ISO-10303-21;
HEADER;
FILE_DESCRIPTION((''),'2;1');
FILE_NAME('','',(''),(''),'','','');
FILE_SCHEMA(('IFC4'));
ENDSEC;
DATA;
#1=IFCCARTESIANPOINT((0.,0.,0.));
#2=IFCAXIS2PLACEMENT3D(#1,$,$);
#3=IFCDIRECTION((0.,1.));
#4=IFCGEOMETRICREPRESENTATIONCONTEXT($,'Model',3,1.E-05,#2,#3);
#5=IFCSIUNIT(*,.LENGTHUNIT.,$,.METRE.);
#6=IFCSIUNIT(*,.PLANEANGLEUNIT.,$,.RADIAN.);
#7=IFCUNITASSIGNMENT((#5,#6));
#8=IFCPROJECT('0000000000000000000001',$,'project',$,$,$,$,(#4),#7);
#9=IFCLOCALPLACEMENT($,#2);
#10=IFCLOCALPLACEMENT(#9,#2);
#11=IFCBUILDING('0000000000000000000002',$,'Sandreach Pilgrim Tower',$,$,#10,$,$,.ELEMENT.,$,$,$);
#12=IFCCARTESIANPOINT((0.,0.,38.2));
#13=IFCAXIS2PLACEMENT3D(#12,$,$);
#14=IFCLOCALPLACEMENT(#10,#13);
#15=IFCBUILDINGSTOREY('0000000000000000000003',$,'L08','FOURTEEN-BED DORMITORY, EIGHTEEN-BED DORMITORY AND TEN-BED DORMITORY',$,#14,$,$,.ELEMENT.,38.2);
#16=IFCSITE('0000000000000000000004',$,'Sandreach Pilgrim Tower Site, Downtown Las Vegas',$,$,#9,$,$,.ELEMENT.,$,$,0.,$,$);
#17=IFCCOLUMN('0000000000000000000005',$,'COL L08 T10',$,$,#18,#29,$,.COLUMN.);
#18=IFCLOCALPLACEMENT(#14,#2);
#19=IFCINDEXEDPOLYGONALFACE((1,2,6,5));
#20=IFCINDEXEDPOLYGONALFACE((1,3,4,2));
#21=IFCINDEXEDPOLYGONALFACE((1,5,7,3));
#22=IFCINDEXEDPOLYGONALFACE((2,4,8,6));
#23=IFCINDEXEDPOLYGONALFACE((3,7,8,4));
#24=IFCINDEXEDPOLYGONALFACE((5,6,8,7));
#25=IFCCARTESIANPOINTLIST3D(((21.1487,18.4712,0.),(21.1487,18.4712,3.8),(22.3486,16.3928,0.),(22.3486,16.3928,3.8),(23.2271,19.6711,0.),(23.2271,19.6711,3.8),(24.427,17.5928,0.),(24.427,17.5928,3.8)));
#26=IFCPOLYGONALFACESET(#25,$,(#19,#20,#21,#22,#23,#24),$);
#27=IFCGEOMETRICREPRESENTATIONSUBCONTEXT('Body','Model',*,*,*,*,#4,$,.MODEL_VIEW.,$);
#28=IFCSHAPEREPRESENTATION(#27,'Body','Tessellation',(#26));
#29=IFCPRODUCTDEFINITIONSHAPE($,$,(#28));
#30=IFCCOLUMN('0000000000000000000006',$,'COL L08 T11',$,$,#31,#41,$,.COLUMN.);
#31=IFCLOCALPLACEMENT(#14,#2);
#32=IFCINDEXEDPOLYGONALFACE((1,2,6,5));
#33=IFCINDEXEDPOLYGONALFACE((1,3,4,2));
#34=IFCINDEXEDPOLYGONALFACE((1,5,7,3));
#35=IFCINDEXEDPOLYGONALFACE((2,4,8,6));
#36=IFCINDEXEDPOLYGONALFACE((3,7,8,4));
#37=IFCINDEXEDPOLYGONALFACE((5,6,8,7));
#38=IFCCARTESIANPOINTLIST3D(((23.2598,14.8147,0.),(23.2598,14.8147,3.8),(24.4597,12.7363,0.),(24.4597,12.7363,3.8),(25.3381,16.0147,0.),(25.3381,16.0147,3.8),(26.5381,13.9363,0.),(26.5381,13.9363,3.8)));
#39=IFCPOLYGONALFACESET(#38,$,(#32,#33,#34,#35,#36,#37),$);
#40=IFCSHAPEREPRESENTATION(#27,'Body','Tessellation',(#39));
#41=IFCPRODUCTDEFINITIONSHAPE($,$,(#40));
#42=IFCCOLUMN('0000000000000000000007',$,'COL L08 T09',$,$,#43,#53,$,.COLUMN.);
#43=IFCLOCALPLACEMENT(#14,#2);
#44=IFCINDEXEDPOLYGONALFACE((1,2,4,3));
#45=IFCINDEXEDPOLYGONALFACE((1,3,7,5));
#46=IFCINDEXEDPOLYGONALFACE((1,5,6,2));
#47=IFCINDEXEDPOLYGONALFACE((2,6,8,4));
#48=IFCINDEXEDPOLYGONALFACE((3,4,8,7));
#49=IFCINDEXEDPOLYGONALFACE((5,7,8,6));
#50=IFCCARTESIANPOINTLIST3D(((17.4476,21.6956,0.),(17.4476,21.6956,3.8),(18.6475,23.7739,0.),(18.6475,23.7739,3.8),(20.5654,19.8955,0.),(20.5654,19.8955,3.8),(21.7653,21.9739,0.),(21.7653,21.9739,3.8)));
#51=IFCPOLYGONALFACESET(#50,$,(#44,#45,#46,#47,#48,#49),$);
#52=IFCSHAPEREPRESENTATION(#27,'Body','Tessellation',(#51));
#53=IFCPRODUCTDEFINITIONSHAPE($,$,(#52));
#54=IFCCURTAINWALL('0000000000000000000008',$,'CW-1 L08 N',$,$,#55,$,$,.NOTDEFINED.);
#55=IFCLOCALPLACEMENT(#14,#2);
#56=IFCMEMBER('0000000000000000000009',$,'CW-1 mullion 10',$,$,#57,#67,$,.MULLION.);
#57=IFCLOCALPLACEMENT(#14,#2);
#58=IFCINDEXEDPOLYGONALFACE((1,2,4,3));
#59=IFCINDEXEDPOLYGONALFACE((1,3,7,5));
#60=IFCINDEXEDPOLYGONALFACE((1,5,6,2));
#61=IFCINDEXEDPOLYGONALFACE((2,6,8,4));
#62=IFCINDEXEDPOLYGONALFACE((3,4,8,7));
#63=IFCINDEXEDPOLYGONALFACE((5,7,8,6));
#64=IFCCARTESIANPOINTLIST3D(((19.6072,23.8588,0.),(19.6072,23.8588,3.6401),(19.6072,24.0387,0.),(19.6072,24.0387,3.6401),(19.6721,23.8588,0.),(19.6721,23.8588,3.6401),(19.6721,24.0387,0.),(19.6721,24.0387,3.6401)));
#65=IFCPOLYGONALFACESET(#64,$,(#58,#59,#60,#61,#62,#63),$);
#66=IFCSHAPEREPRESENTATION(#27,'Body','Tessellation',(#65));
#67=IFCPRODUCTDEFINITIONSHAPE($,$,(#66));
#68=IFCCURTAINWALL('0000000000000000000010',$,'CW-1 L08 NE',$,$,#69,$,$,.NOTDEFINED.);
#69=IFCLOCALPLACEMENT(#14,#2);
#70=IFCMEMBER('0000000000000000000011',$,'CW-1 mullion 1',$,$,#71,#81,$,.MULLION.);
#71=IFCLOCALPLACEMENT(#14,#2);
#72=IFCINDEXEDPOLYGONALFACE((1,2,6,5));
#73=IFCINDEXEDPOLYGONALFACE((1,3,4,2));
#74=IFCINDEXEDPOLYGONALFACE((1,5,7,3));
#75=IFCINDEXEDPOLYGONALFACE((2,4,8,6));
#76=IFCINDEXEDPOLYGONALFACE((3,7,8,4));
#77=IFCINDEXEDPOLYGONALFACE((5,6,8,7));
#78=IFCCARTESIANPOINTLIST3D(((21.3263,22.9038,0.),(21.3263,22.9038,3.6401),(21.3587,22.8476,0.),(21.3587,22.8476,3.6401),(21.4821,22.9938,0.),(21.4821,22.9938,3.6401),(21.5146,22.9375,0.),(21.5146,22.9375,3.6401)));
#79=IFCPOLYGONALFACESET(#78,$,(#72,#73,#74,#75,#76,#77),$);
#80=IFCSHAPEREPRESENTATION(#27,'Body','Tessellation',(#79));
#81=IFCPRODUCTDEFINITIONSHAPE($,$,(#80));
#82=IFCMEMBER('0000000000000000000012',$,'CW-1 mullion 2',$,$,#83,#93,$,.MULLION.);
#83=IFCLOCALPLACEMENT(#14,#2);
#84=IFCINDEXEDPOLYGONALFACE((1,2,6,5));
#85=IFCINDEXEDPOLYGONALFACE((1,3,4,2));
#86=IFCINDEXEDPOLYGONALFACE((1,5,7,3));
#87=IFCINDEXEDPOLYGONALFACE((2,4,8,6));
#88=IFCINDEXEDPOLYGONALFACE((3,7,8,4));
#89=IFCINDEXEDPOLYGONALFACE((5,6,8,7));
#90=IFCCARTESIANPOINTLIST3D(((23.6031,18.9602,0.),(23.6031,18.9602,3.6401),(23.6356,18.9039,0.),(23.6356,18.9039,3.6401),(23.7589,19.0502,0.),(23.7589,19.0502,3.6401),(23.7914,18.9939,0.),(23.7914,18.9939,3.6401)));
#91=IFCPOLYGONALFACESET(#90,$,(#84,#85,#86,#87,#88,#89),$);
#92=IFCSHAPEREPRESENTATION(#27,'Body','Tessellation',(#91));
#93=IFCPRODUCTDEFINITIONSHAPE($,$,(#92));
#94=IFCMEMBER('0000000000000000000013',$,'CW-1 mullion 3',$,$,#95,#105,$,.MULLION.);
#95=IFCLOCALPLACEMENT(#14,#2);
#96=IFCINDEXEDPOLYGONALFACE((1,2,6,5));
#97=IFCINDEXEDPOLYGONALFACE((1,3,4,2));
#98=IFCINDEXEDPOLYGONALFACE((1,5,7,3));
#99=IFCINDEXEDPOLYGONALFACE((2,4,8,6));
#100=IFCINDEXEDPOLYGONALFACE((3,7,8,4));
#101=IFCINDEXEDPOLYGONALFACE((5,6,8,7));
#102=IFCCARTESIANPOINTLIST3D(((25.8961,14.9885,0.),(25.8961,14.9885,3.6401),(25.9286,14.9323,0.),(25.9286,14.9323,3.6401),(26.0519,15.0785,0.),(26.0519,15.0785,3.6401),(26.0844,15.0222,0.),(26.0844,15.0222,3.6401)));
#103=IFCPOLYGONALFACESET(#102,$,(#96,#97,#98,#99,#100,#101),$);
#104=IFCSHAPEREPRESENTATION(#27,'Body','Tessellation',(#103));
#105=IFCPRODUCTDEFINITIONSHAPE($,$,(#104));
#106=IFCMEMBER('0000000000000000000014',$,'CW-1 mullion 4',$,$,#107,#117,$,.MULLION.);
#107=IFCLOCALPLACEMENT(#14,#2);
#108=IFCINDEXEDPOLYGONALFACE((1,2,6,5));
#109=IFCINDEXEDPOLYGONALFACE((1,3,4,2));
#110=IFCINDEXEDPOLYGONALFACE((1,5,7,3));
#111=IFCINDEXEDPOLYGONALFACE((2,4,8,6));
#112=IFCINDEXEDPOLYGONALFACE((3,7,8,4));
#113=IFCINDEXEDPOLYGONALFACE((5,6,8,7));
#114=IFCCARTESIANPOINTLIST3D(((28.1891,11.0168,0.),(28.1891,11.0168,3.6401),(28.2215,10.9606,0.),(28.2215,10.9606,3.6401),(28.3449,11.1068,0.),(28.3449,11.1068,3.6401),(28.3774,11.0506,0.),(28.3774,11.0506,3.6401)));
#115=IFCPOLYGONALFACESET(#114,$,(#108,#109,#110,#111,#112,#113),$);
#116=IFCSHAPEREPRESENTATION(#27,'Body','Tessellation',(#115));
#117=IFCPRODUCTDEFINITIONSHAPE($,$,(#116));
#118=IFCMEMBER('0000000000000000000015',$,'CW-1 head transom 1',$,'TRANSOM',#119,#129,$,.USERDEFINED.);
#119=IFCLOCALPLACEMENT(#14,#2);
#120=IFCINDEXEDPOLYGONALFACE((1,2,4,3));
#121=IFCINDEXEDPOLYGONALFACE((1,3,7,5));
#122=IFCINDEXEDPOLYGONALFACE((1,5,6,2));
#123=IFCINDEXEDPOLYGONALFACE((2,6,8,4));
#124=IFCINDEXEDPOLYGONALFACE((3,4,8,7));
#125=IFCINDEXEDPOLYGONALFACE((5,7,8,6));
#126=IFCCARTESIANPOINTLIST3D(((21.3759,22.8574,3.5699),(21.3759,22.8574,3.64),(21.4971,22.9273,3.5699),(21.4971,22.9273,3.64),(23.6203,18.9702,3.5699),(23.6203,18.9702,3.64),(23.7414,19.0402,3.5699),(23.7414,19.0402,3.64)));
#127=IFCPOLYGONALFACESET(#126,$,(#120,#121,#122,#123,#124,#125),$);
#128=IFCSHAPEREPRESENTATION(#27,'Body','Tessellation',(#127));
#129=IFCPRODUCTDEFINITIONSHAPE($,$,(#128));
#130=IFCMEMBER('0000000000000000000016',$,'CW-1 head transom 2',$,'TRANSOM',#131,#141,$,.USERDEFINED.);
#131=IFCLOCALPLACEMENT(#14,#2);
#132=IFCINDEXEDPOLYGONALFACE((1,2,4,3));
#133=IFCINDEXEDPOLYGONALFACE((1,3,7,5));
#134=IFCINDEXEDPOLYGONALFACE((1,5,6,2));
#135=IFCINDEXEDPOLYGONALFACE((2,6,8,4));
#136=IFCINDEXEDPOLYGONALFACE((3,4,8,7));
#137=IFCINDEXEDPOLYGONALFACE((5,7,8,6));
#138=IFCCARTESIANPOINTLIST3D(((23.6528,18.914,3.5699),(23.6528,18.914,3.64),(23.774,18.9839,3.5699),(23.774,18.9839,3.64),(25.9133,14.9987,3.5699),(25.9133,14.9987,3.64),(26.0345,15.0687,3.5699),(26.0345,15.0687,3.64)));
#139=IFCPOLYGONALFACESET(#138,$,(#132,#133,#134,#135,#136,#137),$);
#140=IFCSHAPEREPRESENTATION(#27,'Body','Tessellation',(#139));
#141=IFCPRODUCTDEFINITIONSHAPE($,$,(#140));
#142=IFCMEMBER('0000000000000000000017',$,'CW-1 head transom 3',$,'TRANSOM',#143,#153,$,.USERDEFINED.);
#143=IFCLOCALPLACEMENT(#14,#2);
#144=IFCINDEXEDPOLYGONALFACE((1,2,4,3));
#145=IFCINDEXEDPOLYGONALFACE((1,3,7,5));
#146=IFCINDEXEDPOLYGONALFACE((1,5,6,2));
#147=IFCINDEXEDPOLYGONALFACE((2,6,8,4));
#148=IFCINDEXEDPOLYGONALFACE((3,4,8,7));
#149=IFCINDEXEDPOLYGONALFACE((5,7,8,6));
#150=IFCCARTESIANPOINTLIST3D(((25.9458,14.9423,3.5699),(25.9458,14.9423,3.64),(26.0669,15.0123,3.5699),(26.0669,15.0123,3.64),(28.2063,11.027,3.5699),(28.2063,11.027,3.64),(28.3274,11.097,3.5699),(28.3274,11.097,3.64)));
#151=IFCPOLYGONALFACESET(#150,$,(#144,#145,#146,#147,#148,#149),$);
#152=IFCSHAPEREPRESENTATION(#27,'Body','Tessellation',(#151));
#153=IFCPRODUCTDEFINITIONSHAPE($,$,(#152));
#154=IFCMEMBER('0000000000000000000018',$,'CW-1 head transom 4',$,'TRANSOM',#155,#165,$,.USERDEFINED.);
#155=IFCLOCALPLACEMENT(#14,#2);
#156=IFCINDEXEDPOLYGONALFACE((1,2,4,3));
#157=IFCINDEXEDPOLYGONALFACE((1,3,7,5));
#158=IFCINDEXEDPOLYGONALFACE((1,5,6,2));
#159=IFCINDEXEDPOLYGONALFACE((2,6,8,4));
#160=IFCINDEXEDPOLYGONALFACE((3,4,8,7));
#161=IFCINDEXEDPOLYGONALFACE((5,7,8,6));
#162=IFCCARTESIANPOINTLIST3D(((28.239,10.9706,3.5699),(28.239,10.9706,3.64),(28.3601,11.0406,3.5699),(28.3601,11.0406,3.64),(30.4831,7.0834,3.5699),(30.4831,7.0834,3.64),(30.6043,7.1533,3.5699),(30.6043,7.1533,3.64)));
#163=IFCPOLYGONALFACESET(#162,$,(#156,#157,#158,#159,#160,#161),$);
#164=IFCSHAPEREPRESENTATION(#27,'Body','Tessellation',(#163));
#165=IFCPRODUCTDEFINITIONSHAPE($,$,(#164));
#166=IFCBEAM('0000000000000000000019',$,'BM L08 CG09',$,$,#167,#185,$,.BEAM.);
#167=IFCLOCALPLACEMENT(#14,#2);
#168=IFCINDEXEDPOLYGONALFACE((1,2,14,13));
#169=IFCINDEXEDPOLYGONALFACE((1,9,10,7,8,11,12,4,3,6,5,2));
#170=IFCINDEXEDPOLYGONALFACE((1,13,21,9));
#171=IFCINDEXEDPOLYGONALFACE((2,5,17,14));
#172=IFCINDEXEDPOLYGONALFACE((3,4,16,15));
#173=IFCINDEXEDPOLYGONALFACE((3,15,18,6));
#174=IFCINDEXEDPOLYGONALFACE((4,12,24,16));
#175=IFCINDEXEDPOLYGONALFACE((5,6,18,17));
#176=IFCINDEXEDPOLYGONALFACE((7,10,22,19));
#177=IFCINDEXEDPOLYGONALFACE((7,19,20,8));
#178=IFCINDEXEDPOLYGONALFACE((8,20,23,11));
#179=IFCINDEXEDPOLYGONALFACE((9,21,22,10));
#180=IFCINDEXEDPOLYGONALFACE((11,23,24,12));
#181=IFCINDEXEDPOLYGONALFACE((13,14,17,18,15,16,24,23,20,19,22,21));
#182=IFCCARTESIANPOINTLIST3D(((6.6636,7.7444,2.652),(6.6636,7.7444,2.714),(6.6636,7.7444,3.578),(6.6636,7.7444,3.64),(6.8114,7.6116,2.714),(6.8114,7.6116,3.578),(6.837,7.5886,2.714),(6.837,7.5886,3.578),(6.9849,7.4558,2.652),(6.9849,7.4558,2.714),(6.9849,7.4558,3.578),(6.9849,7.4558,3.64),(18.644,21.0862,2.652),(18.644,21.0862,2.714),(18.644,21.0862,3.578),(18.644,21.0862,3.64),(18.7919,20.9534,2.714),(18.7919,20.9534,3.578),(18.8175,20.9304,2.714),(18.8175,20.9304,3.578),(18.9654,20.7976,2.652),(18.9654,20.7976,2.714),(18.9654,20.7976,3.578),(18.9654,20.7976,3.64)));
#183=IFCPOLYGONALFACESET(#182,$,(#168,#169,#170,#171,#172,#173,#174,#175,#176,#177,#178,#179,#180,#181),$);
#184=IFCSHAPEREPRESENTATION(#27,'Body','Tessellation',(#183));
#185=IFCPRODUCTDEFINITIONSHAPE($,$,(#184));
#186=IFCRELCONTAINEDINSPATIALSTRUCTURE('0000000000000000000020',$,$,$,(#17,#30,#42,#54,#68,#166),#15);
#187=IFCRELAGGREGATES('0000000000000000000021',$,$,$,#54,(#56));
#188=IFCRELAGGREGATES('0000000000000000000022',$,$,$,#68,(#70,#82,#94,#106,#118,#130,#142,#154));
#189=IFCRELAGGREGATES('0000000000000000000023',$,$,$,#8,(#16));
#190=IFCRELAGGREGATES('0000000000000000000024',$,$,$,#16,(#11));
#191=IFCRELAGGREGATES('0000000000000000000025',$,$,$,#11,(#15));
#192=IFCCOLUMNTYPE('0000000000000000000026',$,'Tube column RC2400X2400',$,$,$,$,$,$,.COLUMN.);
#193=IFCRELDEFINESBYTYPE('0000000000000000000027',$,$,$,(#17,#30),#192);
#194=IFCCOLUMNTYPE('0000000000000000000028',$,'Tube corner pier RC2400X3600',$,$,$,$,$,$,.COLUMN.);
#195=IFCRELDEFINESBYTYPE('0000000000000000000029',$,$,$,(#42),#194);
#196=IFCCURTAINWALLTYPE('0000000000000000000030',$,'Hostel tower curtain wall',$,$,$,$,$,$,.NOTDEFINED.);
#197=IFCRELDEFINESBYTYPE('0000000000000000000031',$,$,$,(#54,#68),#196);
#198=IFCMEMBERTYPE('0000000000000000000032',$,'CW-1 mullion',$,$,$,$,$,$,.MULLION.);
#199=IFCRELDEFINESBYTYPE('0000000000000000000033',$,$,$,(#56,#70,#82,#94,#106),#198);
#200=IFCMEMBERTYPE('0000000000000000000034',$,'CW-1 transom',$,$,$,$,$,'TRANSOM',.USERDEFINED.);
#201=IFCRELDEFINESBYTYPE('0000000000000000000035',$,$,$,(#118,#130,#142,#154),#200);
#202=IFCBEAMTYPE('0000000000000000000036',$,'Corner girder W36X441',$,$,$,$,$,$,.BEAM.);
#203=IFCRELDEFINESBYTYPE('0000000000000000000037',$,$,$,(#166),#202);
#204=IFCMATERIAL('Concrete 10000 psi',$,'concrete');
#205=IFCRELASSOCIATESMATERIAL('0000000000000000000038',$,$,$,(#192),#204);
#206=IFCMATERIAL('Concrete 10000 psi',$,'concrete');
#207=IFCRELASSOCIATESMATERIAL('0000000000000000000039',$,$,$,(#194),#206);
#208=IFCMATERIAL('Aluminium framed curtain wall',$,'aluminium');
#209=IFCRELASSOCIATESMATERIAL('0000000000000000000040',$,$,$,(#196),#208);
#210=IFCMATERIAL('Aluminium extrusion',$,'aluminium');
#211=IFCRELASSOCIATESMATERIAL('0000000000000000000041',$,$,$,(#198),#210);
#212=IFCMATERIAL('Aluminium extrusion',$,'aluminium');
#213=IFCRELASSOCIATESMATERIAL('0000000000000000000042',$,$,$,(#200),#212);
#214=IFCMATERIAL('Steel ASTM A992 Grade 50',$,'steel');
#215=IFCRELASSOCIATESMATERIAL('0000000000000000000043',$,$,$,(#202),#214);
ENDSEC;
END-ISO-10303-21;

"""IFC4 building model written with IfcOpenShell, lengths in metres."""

from ifc_helpers import new_model, si_unit, direction, frame, origin, origin_2d, place, context, subcontext, project, spatial, rectangle, i_section, extrude, material, material_profile, profile_set, type_object, element, aggregate, save


model = new_model("IFC4")

# Units and contexts
model_context = context("Model", 3, precision=1e-05, world=origin(), true_north=direction((0.0, 1.0)))
body_context = subcontext(model_context, "Body", "Model", "MODEL_VIEW")
ifc_project = project(units=[si_unit("LENGTHUNIT", "METRE"), si_unit("PLANEANGLEUNIT", "RADIAN")], contexts=[model_context])

# Site, building, storey
site_placement = place(None, origin())
site = spatial("IfcSite", under=ifc_project, at=site_placement, Name="Sandreach Pilgrim Tower Site, Downtown Las Vegas", CompositionType="ELEMENT", RefElevation=0.0)
building_placement = place(site_placement, origin())
building = spatial("IfcBuilding", under=site, at=building_placement, Name="Sandreach Pilgrim Tower", CompositionType="ELEMENT")
storey_placement = place(building_placement, frame((0.0, 0.0, 38.2)))
storey = spatial("IfcBuildingStorey", under=building, at=storey_placement, Name="L08", Description="FOURTEEN-BED DORMITORY, EIGHTEEN-BED DORMITORY AND TEN-BED DORMITORY", CompositionType="ELEMENT", Elevation=38.2)

# Columns
ifc_material_1 = material(Name="Concrete 10000 psi", Category="concrete")
ifc_material_profile_1 = material_profile(ifc_material_1, rectangle(XDim=2.3999, YDim=2.3999, at=origin_2d()), Name="RC2400X2400")
ifc_profile_set_1 = profile_set([ifc_material_profile_1], Name="Concrete 10000 psi")
column_type_1 = type_object("IfcColumnType", Name="Tube column RC2400X2400", PredefinedType="COLUMN", material=ifc_profile_set_1)
for number, where, z_axis, x_axis, name in (
    (1, (22.7878, 18.032, 0.0), (0.0, 0.0, 1.0), (0.866025, 0.5, 0.0), "COL L08 T10"),
    (2, (24.8989, 14.3755, 0.0), (0.0, 0.0, 1.0), (0.866025, 0.5, 0.0), "COL L08 T11"),
):
    element("IfcColumn", number, at=place(storey_placement, frame(where, z_axis=z_axis, x_axis=x_axis)), inside=storey, type_object=column_type_1, Name=name, PredefinedType="COLUMN", context=body_context, shape_type="SweptSolid", body=[
        extrude(rectangle(XDim=2.3999, YDim=2.3999, at=origin_2d()), origin(), (0.0, 0.0, 1.0), 3.8),
    ])
ifc_material_2 = material(Name="Concrete 10000 psi", Category="concrete")
ifc_material_profile_2 = material_profile(ifc_material_2, rectangle(XDim=2.3999, YDim=3.6001, at=origin_2d()), Name="RC2400X3600")
ifc_profile_set_2 = profile_set([ifc_material_profile_2], Name="Concrete 10000 psi")
column_type_2 = type_object("IfcColumnType", Name="Tube corner pier RC2400X3600", PredefinedType="COLUMN", material=ifc_profile_set_2)
column_placement = place(storey_placement, frame((19.6064, 21.8347, 0.0), z_axis=(0.0, 0.0, 1.0), x_axis=(0.5, 0.866025, 0.0)))
element("IfcColumn", 3, at=column_placement, inside=storey, type_object=column_type_2, Name="COL L08 T09", PredefinedType="COLUMN", context=body_context, shape_type="SweptSolid", body=[
    extrude(rectangle(XDim=2.3999, YDim=3.6001, at=origin_2d()), origin(), (0.0, 0.0, 1.0), 3.8),
])

# Curtain wall, member
ifc_material_3 = material(Name="Aluminium framed curtain wall", Category="aluminium")
curtain_wall_type = type_object("IfcCurtainWallType", Name="Hostel tower curtain wall", PredefinedType="NOTDEFINED", material=ifc_material_3)
curtain_wall_1_placement = place(storey_placement, origin())
curtain_wall_1 = element("IfcCurtainWall", 4, at=curtain_wall_1_placement, inside=storey, type_object=curtain_wall_type, Name="CW-1 L08 N", PredefinedType="NOTDEFINED")
ifc_material_4 = material(Name="Aluminium extrusion", Category="aluminium")
ifc_material_profile_3 = material_profile(ifc_material_4, rectangle(XDim=0.0649, YDim=0.1799, at=origin_2d()), Name="CW-1M 65X180")
ifc_profile_set_3 = profile_set([ifc_material_profile_3], Name="Aluminium extrusion")
member_type_1 = type_object("IfcMemberType", Name="CW-1 mullion", PredefinedType="MULLION", material=ifc_profile_set_3)
member_1_placement = place(storey_placement, frame((19.6396, 23.9487, 0.0), z_axis=(0.0, 0.0, 1.0), x_axis=(1.0, 0.0, 0.0)))
member_1 = element("IfcMember", 5, at=member_1_placement, type_object=member_type_1, Name="CW-1 mullion 10", PredefinedType="MULLION", context=body_context, shape_type="SweptSolid", body=[
    extrude(rectangle(XDim=0.0649, YDim=0.1799, at=origin_2d()), origin(), (0.0, 0.0, 1.0), 3.6401),
])

# Curtain wall, members
curtain_wall_2_placement = place(storey_placement, origin())
curtain_wall_2 = element("IfcCurtainWall", 6, at=curtain_wall_2_placement, inside=storey, type_object=curtain_wall_type, Name="CW-1 L08 NE", PredefinedType="NOTDEFINED")
member_2_placement = place(storey_placement, frame((21.4204, 22.9207, 0.0), z_axis=(0.0, 0.0, 1.0), x_axis=(0.5, -0.866025, 0.0)))
member_2 = element("IfcMember", 7, at=member_2_placement, type_object=member_type_1, Name="CW-1 mullion 1", PredefinedType="MULLION", context=body_context, shape_type="SweptSolid", body=[
    extrude(rectangle(XDim=0.0649, YDim=0.1799, at=origin_2d()), origin(), (0.0, 0.0, 1.0), 3.6401),
])
member_3_placement = place(storey_placement, frame((23.6973, 18.9771, 0.0), z_axis=(0.0, 0.0, 1.0), x_axis=(0.5, -0.866025, 0.0)))
member_3 = element("IfcMember", 8, at=member_3_placement, type_object=member_type_1, Name="CW-1 mullion 2", PredefinedType="MULLION", context=body_context, shape_type="SweptSolid", body=[
    extrude(rectangle(XDim=0.0649, YDim=0.1799, at=origin_2d()), origin(), (0.0, 0.0, 1.0), 3.6401),
])
member_4_placement = place(storey_placement, frame((25.9902, 15.0054, 0.0), z_axis=(0.0, 0.0, 1.0), x_axis=(0.5, -0.866025, 0.0)))
member_4 = element("IfcMember", 9, at=member_4_placement, type_object=member_type_1, Name="CW-1 mullion 3", PredefinedType="MULLION", context=body_context, shape_type="SweptSolid", body=[
    extrude(rectangle(XDim=0.0649, YDim=0.1799, at=origin_2d()), origin(), (0.0, 0.0, 1.0), 3.6401),
])
member_5_placement = place(storey_placement, frame((28.2832, 11.0337, 0.0), z_axis=(0.0, 0.0, 1.0), x_axis=(0.5, -0.866025, 0.0)))
member_5 = element("IfcMember", 10, at=member_5_placement, type_object=member_type_1, Name="CW-1 mullion 4", PredefinedType="MULLION", context=body_context, shape_type="SweptSolid", body=[
    extrude(rectangle(XDim=0.0649, YDim=0.1799, at=origin_2d()), origin(), (0.0, 0.0, 1.0), 3.6401),
])
ifc_material_5 = material(Name="Aluminium extrusion", Category="aluminium")
ifc_material_profile_4 = material_profile(ifc_material_5, rectangle(XDim=0.1399, YDim=0.0701, at=origin_2d()), Name="CW-1T 140X70")
ifc_profile_set_4 = profile_set([ifc_material_profile_4], Name="Aluminium extrusion")
member_type_2 = type_object("IfcMemberType", Name="CW-1 transom", ElementType="TRANSOM", PredefinedType="USERDEFINED", material=ifc_profile_set_4)
member_6_placement = place(storey_placement, frame((21.4365, 22.8923, 3.605), z_axis=(0.500018, -0.866015, 0.0), x_axis=(0.866015, 0.500018, 0.0)))
member_6 = element("IfcMember", 11, at=member_6_placement, type_object=member_type_2, Name="CW-1 head transom 1", ObjectType="TRANSOM", PredefinedType="USERDEFINED", context=body_context, shape_type="SweptSolid", body=[
    extrude(rectangle(XDim=0.1399, YDim=0.0701, at=origin_2d()), origin(), (0.0, 0.0, 1.0), 4.4885),
])
member_7_placement = place(storey_placement, frame((23.7134, 18.949, 3.605), z_axis=(0.500001, -0.866025, 0.0), x_axis=(0.866025, 0.500001, 0.0)))
member_7 = element("IfcMember", 12, at=member_7_placement, type_object=member_type_2, Name="CW-1 head transom 2", ObjectType="TRANSOM", PredefinedType="USERDEFINED", context=body_context, shape_type="SweptSolid", body=[
    extrude(rectangle(XDim=0.1399, YDim=0.0701, at=origin_2d()), origin(), (0.0, 0.0, 1.0), 4.521),
])
member_8_placement = place(storey_placement, frame((26.0063, 14.9773, 3.605), z_axis=(0.500001, -0.866025, 0.0), x_axis=(0.866025, 0.500001, 0.0)))
member_8 = element("IfcMember", 13, at=member_8_placement, type_object=member_type_2, Name="CW-1 head transom 3", ObjectType="TRANSOM", PredefinedType="USERDEFINED", context=body_context, shape_type="SweptSolid", body=[
    extrude(rectangle(XDim=0.1399, YDim=0.0701, at=origin_2d()), origin(), (0.0, 0.0, 1.0), 4.521),
])
member_9_placement = place(storey_placement, frame((28.2996, 11.0056, 3.605), z_axis=(0.499977, -0.866039, 0.0), x_axis=(0.866039, 0.499977, 0.0)))
member_9 = element("IfcMember", 14, at=member_9_placement, type_object=member_type_2, Name="CW-1 head transom 4", ObjectType="TRANSOM", PredefinedType="USERDEFINED", context=body_context, shape_type="SweptSolid", body=[
    extrude(rectangle(XDim=0.1399, YDim=0.0701, at=origin_2d()), origin(), (0.0, 0.0, 1.0), 4.4885),
])

# Beam
ifc_material_6 = material(Name="Steel ASTM A992 Grade 50", Category="steel")
ifc_material_profile_5 = material_profile(ifc_material_6, i_section(OverallWidth=0.4319, OverallDepth=0.988, WebThickness=0.0344, FlangeThickness=0.062, at=origin_2d()), Name="W36X441")
ifc_profile_set_5 = profile_set([ifc_material_profile_5], Name="Steel ASTM A992 Grade 50")
beam_type_1 = type_object("IfcBeamType", Name="Corner girder W36X441", PredefinedType="BEAM", material=ifc_profile_set_5)
beam_1_placement = place(storey_placement, frame((18.8047, 20.9419, 3.146), z_axis=(-0.668128, -0.744047, 0.0), x_axis=(0.744047, -0.668128, 0.0)))
element("IfcBeam", 15, at=beam_1_placement, inside=storey, type_object=beam_type_1, Name="BM L08 CG09", PredefinedType="BEAM", context=body_context, shape_type="SweptSolid", body=[
    extrude(i_section(OverallWidth=0.4319, OverallDepth=0.988, WebThickness=0.0344, FlangeThickness=0.062, at=origin_2d()), origin(), (0.0, 0.0, 1.0), 17.9314),
])

aggregate(curtain_wall_1, [member_1])
aggregate(curtain_wall_2, [member_2, member_3, member_4, member_5, member_6, member_7, member_8, member_9])

save(model, "model.ifc")
